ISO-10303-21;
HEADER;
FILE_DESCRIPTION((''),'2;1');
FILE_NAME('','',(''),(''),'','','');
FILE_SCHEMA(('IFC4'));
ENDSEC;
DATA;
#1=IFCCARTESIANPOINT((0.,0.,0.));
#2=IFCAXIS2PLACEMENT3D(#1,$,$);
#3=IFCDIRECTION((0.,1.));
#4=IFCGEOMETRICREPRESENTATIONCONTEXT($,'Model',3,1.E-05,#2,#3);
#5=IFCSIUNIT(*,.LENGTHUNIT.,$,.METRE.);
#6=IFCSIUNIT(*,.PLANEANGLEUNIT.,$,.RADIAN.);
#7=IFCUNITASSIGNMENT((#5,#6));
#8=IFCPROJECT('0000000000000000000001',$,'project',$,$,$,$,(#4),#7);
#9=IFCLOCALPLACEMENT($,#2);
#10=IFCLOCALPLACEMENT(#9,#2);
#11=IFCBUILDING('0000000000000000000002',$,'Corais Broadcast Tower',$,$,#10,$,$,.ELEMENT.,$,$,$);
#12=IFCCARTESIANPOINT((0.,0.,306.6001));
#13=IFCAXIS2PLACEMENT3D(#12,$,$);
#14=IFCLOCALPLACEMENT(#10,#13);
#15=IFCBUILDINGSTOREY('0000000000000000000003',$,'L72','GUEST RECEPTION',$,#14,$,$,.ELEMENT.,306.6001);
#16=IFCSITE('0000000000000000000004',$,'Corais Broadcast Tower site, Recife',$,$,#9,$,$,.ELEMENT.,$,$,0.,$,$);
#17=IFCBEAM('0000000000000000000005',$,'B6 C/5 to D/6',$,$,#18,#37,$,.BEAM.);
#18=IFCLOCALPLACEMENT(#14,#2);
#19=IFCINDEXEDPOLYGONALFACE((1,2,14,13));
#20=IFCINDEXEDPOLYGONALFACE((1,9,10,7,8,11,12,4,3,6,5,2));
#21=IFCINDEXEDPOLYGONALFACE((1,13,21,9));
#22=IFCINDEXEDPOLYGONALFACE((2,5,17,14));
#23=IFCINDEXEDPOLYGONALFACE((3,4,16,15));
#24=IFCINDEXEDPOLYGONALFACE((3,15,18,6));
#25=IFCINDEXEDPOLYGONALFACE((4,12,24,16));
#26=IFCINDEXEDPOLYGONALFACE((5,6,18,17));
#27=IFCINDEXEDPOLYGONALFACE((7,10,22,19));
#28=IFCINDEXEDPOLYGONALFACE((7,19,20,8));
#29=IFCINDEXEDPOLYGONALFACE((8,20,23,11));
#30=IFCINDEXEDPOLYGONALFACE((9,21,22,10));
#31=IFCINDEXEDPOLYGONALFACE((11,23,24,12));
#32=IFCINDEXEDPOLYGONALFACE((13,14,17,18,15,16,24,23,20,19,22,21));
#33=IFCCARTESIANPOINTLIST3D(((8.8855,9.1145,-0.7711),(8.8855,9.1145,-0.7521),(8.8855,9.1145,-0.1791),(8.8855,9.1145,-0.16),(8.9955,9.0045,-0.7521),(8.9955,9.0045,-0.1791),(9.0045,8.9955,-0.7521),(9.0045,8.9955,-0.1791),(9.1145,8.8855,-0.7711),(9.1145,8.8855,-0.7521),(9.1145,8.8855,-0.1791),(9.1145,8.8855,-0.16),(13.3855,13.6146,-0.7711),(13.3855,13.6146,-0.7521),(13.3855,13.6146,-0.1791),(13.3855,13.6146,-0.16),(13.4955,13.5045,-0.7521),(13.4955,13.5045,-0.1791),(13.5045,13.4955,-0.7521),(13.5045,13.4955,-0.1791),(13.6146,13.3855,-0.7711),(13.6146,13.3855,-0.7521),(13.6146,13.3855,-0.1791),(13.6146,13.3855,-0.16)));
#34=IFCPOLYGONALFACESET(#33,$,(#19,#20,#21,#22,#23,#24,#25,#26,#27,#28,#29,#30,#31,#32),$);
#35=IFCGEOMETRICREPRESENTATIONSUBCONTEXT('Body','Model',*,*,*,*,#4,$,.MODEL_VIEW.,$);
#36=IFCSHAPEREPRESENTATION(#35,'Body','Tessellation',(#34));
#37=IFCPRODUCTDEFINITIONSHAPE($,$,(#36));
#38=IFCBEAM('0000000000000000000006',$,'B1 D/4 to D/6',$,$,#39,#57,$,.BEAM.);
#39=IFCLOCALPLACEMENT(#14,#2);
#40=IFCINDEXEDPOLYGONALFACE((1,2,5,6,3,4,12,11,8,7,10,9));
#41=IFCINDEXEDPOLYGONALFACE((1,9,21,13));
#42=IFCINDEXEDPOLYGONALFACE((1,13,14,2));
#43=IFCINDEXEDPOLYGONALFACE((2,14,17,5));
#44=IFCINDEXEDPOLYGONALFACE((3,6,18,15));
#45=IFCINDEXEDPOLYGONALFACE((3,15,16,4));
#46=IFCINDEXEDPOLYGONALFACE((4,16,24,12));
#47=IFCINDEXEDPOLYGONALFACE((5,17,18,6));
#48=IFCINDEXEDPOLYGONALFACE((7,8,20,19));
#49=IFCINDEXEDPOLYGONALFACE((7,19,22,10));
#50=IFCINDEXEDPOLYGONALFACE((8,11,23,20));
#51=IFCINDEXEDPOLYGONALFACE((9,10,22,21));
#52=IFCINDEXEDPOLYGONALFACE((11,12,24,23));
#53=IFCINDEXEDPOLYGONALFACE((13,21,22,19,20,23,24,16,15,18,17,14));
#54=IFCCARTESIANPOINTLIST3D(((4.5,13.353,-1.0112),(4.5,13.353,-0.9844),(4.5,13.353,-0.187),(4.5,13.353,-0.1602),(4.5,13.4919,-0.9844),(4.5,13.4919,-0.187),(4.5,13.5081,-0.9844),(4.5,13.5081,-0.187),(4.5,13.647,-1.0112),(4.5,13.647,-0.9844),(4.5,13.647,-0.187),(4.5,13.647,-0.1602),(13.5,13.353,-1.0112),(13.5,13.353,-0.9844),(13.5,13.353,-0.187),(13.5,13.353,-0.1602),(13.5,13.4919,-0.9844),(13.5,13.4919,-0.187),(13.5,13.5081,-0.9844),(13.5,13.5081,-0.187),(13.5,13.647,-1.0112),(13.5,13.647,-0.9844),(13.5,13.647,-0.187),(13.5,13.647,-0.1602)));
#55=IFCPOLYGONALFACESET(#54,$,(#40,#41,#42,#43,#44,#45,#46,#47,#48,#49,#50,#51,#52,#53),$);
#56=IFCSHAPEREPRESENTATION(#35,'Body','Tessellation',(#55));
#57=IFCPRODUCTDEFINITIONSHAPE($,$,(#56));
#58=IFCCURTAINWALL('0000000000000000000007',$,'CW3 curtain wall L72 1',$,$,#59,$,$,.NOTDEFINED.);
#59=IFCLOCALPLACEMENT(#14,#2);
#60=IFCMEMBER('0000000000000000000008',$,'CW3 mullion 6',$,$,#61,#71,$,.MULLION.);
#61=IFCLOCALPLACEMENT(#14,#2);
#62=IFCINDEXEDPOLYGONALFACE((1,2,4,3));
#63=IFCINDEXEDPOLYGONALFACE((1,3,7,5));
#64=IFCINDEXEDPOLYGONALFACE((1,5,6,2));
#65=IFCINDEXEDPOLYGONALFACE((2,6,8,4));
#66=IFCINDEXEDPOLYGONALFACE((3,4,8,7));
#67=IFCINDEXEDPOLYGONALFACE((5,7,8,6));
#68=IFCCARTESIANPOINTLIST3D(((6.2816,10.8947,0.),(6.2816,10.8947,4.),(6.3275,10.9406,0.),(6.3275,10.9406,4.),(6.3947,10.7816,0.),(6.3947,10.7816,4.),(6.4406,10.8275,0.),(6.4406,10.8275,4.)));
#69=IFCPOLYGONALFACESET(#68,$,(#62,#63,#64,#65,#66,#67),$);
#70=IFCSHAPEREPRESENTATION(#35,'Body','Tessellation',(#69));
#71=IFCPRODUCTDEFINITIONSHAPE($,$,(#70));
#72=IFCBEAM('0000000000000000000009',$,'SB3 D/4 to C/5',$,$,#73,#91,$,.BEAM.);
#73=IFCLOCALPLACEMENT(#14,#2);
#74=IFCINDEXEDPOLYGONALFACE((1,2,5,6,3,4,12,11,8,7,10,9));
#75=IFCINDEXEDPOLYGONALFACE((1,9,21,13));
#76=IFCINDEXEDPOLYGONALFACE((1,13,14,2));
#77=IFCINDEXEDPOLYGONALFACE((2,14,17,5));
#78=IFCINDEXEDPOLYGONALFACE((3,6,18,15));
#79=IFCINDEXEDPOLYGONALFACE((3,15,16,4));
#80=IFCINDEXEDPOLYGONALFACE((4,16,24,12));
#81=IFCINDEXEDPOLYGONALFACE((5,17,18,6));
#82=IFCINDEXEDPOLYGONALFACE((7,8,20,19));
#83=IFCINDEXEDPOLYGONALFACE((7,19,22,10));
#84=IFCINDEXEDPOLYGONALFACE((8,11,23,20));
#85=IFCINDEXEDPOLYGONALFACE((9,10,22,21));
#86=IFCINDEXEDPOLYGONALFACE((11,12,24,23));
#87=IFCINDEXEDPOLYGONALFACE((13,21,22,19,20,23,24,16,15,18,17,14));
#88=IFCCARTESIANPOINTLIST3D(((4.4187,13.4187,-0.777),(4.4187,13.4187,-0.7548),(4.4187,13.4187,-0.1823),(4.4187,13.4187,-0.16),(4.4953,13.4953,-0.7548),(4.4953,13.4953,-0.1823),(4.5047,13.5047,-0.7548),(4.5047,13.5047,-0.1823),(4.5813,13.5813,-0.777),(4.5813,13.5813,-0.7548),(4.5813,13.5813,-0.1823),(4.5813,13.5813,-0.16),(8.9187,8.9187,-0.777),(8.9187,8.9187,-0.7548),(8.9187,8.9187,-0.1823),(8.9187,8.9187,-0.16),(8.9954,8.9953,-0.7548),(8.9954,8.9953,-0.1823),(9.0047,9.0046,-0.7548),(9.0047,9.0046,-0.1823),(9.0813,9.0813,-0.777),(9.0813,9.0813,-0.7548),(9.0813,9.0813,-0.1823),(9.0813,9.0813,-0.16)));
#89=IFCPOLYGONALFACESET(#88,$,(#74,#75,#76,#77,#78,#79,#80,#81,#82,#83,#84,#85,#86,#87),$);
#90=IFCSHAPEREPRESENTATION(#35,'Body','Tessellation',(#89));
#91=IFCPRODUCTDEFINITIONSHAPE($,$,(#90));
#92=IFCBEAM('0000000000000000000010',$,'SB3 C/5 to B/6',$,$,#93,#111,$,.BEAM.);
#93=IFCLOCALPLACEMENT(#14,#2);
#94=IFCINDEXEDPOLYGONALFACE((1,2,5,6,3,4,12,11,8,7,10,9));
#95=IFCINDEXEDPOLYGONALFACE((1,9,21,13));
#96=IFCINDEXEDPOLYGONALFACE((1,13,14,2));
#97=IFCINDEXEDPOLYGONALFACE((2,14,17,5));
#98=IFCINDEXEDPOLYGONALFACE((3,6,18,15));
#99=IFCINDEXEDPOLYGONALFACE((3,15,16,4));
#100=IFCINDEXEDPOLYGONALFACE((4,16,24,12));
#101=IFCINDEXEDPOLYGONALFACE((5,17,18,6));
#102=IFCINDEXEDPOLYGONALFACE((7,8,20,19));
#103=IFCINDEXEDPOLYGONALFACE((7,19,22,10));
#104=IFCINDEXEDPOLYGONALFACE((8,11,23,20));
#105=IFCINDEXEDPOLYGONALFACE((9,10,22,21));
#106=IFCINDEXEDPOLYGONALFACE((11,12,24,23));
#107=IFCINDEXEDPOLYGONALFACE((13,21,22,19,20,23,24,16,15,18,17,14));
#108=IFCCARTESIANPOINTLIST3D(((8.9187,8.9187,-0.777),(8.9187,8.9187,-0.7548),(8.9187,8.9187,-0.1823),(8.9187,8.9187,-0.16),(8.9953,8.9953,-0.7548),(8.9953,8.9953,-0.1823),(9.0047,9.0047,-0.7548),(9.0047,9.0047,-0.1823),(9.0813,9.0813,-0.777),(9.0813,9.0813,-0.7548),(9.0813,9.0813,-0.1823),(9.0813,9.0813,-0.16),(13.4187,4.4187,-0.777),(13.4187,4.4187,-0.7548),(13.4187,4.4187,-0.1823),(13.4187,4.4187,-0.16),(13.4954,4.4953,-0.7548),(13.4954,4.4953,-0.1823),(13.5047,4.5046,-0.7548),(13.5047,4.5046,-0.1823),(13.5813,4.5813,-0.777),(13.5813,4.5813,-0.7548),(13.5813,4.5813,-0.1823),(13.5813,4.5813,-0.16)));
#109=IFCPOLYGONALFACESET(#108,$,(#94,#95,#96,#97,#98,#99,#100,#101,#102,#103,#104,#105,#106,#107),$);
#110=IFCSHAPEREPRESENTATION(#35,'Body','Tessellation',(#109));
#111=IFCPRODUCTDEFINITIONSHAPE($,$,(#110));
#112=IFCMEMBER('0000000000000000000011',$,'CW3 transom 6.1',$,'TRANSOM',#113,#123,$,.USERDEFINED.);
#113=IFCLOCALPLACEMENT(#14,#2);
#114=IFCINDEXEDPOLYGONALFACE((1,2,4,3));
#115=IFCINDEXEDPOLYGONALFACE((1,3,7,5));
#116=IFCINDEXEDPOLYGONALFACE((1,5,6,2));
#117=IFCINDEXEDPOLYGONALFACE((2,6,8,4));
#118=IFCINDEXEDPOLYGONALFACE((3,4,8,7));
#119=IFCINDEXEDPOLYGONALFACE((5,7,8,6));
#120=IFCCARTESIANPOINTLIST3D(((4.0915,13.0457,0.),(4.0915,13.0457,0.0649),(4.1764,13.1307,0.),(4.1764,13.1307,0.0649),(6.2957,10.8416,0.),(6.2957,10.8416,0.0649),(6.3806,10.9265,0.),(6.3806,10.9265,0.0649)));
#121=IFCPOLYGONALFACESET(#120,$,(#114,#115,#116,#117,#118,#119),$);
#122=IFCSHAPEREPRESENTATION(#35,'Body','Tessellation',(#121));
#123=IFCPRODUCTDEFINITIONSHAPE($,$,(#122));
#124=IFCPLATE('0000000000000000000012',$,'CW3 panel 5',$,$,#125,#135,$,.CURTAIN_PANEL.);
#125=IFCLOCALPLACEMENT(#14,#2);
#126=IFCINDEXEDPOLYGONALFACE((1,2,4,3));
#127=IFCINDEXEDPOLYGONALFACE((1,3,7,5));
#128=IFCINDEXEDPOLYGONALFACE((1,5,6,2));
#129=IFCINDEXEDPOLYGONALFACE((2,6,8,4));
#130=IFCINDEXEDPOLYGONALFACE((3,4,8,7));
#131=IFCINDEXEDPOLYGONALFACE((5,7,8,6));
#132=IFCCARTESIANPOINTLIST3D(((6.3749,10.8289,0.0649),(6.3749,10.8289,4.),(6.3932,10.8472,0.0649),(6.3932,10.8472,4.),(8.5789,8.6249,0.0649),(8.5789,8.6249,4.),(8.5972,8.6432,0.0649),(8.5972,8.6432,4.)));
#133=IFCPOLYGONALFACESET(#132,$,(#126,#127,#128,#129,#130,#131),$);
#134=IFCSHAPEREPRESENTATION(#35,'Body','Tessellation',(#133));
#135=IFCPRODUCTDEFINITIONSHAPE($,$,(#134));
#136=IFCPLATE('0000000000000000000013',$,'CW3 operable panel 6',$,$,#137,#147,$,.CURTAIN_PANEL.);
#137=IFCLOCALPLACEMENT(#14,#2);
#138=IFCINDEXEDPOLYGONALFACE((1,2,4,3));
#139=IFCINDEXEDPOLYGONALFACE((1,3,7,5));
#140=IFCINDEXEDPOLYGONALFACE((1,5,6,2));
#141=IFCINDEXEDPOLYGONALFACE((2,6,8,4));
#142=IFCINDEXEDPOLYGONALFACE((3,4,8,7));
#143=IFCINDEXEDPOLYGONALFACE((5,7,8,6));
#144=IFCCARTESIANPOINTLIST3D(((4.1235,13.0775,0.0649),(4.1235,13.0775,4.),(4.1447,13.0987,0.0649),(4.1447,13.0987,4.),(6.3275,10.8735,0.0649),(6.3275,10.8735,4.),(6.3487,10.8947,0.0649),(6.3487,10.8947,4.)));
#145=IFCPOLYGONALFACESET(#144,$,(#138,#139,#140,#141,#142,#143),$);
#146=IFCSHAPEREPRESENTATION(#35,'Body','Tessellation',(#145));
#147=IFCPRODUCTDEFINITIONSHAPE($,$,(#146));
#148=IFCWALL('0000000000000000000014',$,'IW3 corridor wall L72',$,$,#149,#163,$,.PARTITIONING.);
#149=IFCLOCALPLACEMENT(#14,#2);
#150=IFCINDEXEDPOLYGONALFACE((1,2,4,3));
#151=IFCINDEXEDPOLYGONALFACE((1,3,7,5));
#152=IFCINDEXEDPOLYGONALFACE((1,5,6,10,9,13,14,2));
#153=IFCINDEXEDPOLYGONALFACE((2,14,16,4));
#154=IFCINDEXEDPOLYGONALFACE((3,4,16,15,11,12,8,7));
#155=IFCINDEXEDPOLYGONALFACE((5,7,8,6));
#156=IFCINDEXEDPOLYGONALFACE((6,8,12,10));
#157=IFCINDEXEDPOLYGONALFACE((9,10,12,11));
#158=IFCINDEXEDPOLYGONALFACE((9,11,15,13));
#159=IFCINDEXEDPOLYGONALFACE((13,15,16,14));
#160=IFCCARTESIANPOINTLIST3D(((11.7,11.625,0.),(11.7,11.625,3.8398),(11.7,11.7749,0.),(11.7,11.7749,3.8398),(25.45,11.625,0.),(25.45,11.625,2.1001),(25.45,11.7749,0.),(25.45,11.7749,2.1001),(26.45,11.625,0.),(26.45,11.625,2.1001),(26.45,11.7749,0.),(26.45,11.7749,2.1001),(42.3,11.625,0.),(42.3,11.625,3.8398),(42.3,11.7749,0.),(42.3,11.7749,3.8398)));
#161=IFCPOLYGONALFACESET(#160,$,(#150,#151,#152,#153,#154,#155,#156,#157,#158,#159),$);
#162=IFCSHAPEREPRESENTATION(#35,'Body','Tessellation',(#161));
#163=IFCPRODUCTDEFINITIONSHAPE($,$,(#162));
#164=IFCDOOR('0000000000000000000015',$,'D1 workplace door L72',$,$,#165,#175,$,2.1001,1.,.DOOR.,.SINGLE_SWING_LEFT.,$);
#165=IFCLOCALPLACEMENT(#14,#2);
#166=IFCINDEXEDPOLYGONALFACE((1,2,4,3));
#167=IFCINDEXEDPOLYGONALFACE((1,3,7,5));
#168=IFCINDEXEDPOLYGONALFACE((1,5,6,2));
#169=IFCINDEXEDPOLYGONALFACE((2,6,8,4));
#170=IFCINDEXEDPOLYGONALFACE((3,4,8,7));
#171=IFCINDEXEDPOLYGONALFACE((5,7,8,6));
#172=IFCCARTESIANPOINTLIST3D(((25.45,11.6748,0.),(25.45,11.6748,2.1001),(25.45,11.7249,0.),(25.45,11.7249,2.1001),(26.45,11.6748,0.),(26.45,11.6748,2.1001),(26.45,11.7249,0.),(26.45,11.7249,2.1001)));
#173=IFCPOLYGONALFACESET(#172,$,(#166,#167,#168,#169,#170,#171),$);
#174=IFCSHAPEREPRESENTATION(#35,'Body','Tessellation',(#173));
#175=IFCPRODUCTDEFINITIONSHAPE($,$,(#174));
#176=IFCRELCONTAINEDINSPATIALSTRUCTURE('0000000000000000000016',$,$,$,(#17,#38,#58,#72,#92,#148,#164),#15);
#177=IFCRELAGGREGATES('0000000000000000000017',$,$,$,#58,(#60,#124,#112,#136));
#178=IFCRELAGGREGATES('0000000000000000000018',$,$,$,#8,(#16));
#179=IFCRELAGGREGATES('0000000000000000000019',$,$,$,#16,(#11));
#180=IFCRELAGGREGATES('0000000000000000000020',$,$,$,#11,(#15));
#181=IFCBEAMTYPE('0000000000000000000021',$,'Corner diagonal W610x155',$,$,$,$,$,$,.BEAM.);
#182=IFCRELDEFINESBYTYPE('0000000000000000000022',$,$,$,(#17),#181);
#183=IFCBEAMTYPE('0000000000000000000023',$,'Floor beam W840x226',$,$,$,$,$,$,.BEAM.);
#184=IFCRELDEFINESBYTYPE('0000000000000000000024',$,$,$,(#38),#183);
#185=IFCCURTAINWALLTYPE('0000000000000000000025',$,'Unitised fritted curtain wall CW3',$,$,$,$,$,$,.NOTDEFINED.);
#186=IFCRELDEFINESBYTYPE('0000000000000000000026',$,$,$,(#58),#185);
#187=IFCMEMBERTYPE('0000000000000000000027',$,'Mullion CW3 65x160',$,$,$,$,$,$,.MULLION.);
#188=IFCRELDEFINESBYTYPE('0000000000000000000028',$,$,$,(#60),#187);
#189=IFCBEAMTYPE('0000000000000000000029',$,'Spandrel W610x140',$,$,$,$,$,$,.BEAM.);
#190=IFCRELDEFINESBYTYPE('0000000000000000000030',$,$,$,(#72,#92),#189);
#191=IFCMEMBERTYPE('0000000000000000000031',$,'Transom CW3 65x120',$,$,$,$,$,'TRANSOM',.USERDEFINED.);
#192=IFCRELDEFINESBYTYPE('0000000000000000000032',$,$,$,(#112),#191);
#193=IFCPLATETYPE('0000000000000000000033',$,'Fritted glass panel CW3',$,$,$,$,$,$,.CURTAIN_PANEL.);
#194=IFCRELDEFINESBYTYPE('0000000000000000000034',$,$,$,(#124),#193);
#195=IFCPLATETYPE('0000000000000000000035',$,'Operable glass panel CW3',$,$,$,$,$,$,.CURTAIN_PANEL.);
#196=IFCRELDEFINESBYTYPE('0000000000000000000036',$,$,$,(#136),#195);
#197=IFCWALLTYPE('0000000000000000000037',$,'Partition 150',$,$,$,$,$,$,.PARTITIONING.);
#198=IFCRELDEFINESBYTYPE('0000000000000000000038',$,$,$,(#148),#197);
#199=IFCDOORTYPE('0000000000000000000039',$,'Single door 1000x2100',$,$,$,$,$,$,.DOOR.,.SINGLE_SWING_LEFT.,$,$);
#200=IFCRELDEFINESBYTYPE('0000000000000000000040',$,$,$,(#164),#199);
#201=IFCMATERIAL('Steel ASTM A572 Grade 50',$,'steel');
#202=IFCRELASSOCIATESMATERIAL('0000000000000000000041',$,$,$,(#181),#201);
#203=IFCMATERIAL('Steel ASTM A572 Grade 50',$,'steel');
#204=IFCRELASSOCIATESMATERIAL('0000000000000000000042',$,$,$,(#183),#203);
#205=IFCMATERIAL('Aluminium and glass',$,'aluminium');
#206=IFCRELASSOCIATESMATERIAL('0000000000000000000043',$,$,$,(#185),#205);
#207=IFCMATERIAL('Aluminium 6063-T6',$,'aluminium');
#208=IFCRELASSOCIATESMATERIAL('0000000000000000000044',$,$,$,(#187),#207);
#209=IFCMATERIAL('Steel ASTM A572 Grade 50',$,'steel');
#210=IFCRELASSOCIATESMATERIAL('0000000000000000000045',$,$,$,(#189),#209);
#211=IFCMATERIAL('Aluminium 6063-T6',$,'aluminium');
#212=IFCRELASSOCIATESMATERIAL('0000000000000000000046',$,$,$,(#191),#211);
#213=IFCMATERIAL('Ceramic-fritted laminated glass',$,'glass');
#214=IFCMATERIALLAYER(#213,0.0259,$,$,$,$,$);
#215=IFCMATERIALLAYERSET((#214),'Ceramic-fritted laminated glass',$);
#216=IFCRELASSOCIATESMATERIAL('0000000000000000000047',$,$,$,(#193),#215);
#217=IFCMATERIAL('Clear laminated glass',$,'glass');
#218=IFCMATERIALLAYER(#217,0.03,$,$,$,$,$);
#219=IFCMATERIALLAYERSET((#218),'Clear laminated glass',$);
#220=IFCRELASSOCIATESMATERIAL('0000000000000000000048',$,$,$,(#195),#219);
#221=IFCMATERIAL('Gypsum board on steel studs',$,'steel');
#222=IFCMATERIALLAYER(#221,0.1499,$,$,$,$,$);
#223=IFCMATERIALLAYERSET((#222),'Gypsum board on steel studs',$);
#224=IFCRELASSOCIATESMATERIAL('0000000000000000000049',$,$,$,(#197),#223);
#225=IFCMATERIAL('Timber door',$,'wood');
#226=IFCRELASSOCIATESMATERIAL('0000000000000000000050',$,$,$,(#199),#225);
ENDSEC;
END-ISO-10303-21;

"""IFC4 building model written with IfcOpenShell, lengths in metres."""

from ifc_helpers import new_model, si_unit, direction, frame, frame_2d, origin, origin_2d, place, context, subcontext, project, spatial, rectangle, i_section, extrude, material, layer, layer_set, material_profile, profile_set, type_object, element, fill, aggregate, save


model = new_model("IFC4")

# Units and contexts
model_context = context("Model", 3, precision=1e-05, world=origin(), true_north=direction((0.0, 1.0)))
body_context = subcontext(model_context, "Body", "Model", "MODEL_VIEW")
ifc_project = project(units=[si_unit("LENGTHUNIT", "METRE"), si_unit("PLANEANGLEUNIT", "RADIAN")], contexts=[model_context])

# Site, building, storey
site_placement = place(None, origin())
site = spatial("IfcSite", under=ifc_project, at=site_placement, Name="Corais Broadcast Tower site, Recife", CompositionType="ELEMENT", RefElevation=0.0)
building_placement = place(site_placement, origin())
building = spatial("IfcBuilding", under=site, at=building_placement, Name="Corais Broadcast Tower", CompositionType="ELEMENT")
storey_placement = place(building_placement, frame((0.0, 0.0, 306.6001)))
storey = spatial("IfcBuildingStorey", under=building, at=storey_placement, Name="L72", Description="GUEST RECEPTION", CompositionType="ELEMENT", Elevation=306.6001)

# Beams
ifc_material_1 = material(Name="Steel ASTM A572 Grade 50", Category="steel")
ifc_material_profile_1 = material_profile(ifc_material_1, i_section(OverallWidth=0.324, OverallDepth=0.6111, WebThickness=0.0127, FlangeThickness=0.019, at=origin_2d()), Name="W610x155")
ifc_profile_set_1 = profile_set([ifc_material_profile_1], Name="Steel ASTM A572 Grade 50")
beam_type_1 = type_object("IfcBeamType", Name="Corner diagonal W610x155", PredefinedType="BEAM", material=ifc_profile_set_1)
beam_1_placement = place(storey_placement, frame((9.0, 9.0, -0.4656), z_axis=(0.707107, 0.707107, 0.0), x_axis=(-0.707107, 0.707107, 0.0)))
element("IfcBeam", 1, at=beam_1_placement, inside=storey, type_object=beam_type_1, Name="B6 C/5 to D/6", PredefinedType="BEAM", context=body_context, shape_type="SweptSolid", body=[
    extrude(i_section(OverallWidth=0.324, OverallDepth=0.6111, WebThickness=0.0127, FlangeThickness=0.019, at=origin_2d()), origin(), (0.0, 0.0, 1.0), 6.364),
])
ifc_material_2 = material(Name="Steel ASTM A572 Grade 50", Category="steel")
ifc_material_profile_2 = material_profile(ifc_material_2, i_section(OverallWidth=0.2939, OverallDepth=0.8511, WebThickness=0.0161, FlangeThickness=0.0269, at=origin_2d()), Name="W840x226")
ifc_profile_set_2 = profile_set([ifc_material_profile_2], Name="Steel ASTM A572 Grade 50")
beam_type_2 = type_object("IfcBeamType", Name="Floor beam W840x226", PredefinedType="BEAM", material=ifc_profile_set_2)
beam_2_placement = place(storey_placement, frame((4.5, 13.5, -0.5857), z_axis=(1.0, 0.0, 0.0), x_axis=(0.0, 1.0, 0.0)))
element("IfcBeam", 2, at=beam_2_placement, inside=storey, type_object=beam_type_2, Name="B1 D/4 to D/6", PredefinedType="BEAM", context=body_context, shape_type="SweptSolid", body=[
    extrude(i_section(OverallWidth=0.2939, OverallDepth=0.8511, WebThickness=0.0161, FlangeThickness=0.0269, at=origin_2d()), origin(), (0.0, 0.0, 1.0), 9.0),
])

# Curtain wall, member
ifc_material_3 = material(Name="Aluminium and glass", Category="aluminium")
curtain_wall_type = type_object("IfcCurtainWallType", Name="Unitised fritted curtain wall CW3", PredefinedType="NOTDEFINED", material=ifc_material_3)
curtain_wall_placement = place(storey_placement, origin())
curtain_wall = element("IfcCurtainWall", 3, at=curtain_wall_placement, inside=storey, type_object=curtain_wall_type, Name="CW3 curtain wall L72 1", PredefinedType="NOTDEFINED")
ifc_material_4 = material(Name="Aluminium 6063-T6", Category="aluminium")
ifc_material_profile_3 = material_profile(ifc_material_4, rectangle(XDim=0.0649, YDim=0.1599, at=origin_2d()), Name="Mullion CW3 65x160")
ifc_profile_set_3 = profile_set([ifc_material_profile_3], Name="Aluminium 6063-T6")
member_type_1 = type_object("IfcMemberType", Name="Mullion CW3 65x160", PredefinedType="MULLION", material=ifc_profile_set_3)
member_1_placement = place(storey_placement, frame((6.3611, 10.8611, 0.0), z_axis=(0.0, 0.0, 1.0), x_axis=(-0.707107, -0.707107, 0.0)))
member_1 = element("IfcMember", 4, at=member_1_placement, type_object=member_type_1, Name="CW3 mullion 6", PredefinedType="MULLION", context=body_context, shape_type="SweptSolid", body=[
    extrude(rectangle(XDim=0.0649, YDim=0.1599, at=origin_2d()), origin(), (0.0, 0.0, 1.0), 4.0),
])

# Beams
ifc_material_5 = material(Name="Steel ASTM A572 Grade 50", Category="steel")
ifc_material_profile_4 = material_profile(ifc_material_5, i_section(OverallWidth=0.23, OverallDepth=0.6169, WebThickness=0.0132, FlangeThickness=0.0222, at=origin_2d()), Name="W610x140")
ifc_profile_set_4 = profile_set([ifc_material_profile_4], Name="Steel ASTM A572 Grade 50")
beam_type_3 = type_object("IfcBeamType", Name="Spandrel W610x140", PredefinedType="BEAM", material=ifc_profile_set_4)
for number, where, z_axis, x_axis, name in (
    (5, (4.5, 13.5, -0.4685), (0.707107, -0.707107, 0.0), (0.707107, 0.707107, 0.0), "SB3 D/4 to C/5"),
    (6, (9.0, 9.0, -0.4685), (0.707107, -0.707107, 0.0), (0.707107, 0.707107, 0.0), "SB3 C/5 to B/6"),
):
    element("IfcBeam", number, at=place(storey_placement, frame(where, z_axis=z_axis, x_axis=x_axis)), inside=storey, type_object=beam_type_3, Name=name, PredefinedType="BEAM", context=body_context, shape_type="SweptSolid", body=[
        extrude(i_section(OverallWidth=0.23, OverallDepth=0.6169, WebThickness=0.0132, FlangeThickness=0.0222, at=origin_2d()), origin(), (0.0, 0.0, 1.0), 6.364),
    ])

# Member
ifc_material_6 = material(Name="Aluminium 6063-T6", Category="aluminium")
ifc_material_profile_5 = material_profile(ifc_material_6, rectangle(XDim=0.1201, YDim=0.0649, at=origin_2d()), Name="Transom CW3 65x120")
ifc_profile_set_5 = profile_set([ifc_material_profile_5], Name="Aluminium 6063-T6")
member_type_2 = type_object("IfcMemberType", Name="Transom CW3 65x120", ElementType="TRANSOM", PredefinedType="USERDEFINED", material=ifc_profile_set_5)
member_2_placement = place(storey_placement, frame((6.3381, 10.884, 0.0325), z_axis=(-0.707107, 0.707107, 0.0), x_axis=(-0.707107, -0.707107, 0.0)))
member_2 = element("IfcMember", 7, at=member_2_placement, type_object=member_type_2, Name="CW3 transom 6.1", ObjectType="TRANSOM", PredefinedType="USERDEFINED", context=body_context, shape_type="SweptSolid", body=[
    extrude(rectangle(XDim=0.1201, YDim=0.0649, at=origin_2d()), origin(), (0.0, 0.0, 1.0), 3.1172),
])

# Plates
ifc_material_7 = material(Name="Ceramic-fritted laminated glass", Category="glass")
ifc_layer_1 = layer(ifc_material_7, 0.0259)
ifc_layer_set_1 = layer_set([ifc_layer_1], Name="Ceramic-fritted laminated glass")
plate_type_1 = type_object("IfcPlateType", Name="Fritted glass panel CW3", PredefinedType="CURTAIN_PANEL", material=ifc_layer_set_1)
plate_1_placement = place(storey_placement, frame((7.4861, 9.7361, 0.0649), z_axis=(0.0, 0.0, 1.0), x_axis=(-0.707107, 0.707107, 0.0)))
plate_1 = element("IfcPlate", 8, at=plate_1_placement, type_object=plate_type_1, Name="CW3 panel 5", PredefinedType="CURTAIN_PANEL", context=body_context, shape_type="SweptSolid", body=[
    extrude(rectangle(XDim=3.1169, YDim=0.0259, at=origin_2d()), origin(), (0.0, 0.0, 1.0), 3.9351),
])
ifc_material_8 = material(Name="Clear laminated glass", Category="glass")
ifc_layer_2 = layer(ifc_material_8, 0.03)
ifc_layer_set_2 = layer_set([ifc_layer_2], Name="Clear laminated glass")
plate_type_2 = type_object("IfcPlateType", Name="Operable glass panel CW3", PredefinedType="CURTAIN_PANEL", material=ifc_layer_set_2)
plate_2_placement = place(storey_placement, frame((5.2361, 11.9861, 0.0649), z_axis=(0.0, 0.0, 1.0), x_axis=(-0.707107, 0.707107, 0.0)))
plate_2 = element("IfcPlate", 9, at=plate_2_placement, type_object=plate_type_2, Name="CW3 operable panel 6", PredefinedType="CURTAIN_PANEL", context=body_context, shape_type="SweptSolid", body=[
    extrude(rectangle(XDim=3.1169, YDim=0.03, at=origin_2d()), origin(), (0.0, 0.0, 1.0), 3.9351),
])
aggregate(curtain_wall, [member_1, plate_1, member_2, plate_2])

# Wall, opening, door
ifc_material_9 = material(Name="Gypsum board on steel studs", Category="steel")
ifc_layer_3 = layer(ifc_material_9, 0.1499)
ifc_layer_set_3 = layer_set([ifc_layer_3], Name="Gypsum board on steel studs")
wall_type = type_object("IfcWallType", Name="Partition 150", PredefinedType="PARTITIONING", material=ifc_layer_set_3)
wall_1_placement = place(storey_placement, frame((11.7, 11.7, 0.0), z_axis=(0.0, 0.0, 1.0), x_axis=(1.0, 0.0, 0.0)))
wall_1 = element("IfcWall", 10, at=wall_1_placement, inside=storey, type_object=wall_type, Name="IW3 corridor wall L72", PredefinedType="PARTITIONING", context=body_context, shape_type="SweptSolid", body=[
    extrude(rectangle(XDim=30.6001, YDim=0.1499, at=frame_2d((15.3, 0.0))), origin(), (0.0, 0.0, 1.0), 3.8398),
])
opening_placement = place(wall_1_placement, frame((13.75, 0.0, 0.0)))
opening = element("IfcOpeningElement", 11, at=opening_placement, cuts=wall_1, PredefinedType="OPENING", context=body_context, shape_type="SweptSolid", body=[
    extrude(rectangle(XDim=1.0, YDim=2.1001, at=frame_2d((0.5, 1.05))), frame((0.0, 0.085, 0.0), z_axis=(0.0, -1.0, 0.0), x_axis=(1.0, 0.0, 0.0)), (0.0, 0.0, 1.0), 0.1699),
])
ifc_material_10 = material(Name="Timber door", Category="wood")
door_type = type_object("IfcDoorType", Name="Single door 1000x2100", OperationType="SINGLE_SWING_LEFT", PredefinedType="DOOR", material=ifc_material_10)
door_placement = place(opening_placement, origin())
door = element("IfcDoor", 12, at=door_placement, inside=storey, type_object=door_type, Name="D1 workplace door L72", OperationType="SINGLE_SWING_LEFT", OverallHeight=2.1001, OverallWidth=1.0, PredefinedType="DOOR", context=body_context, shape_type="SweptSolid", body=[
    extrude(rectangle(XDim=1.0, YDim=2.1001, at=frame_2d((0.5, 1.05))), frame((0.0, 0.0249, 0.0), z_axis=(0.0, -1.0, 0.0), x_axis=(1.0, 0.0, 0.0)), (0.0, 0.0, 1.0), 0.05),
])
fill(opening, door)

save(model, "model.ifc")
